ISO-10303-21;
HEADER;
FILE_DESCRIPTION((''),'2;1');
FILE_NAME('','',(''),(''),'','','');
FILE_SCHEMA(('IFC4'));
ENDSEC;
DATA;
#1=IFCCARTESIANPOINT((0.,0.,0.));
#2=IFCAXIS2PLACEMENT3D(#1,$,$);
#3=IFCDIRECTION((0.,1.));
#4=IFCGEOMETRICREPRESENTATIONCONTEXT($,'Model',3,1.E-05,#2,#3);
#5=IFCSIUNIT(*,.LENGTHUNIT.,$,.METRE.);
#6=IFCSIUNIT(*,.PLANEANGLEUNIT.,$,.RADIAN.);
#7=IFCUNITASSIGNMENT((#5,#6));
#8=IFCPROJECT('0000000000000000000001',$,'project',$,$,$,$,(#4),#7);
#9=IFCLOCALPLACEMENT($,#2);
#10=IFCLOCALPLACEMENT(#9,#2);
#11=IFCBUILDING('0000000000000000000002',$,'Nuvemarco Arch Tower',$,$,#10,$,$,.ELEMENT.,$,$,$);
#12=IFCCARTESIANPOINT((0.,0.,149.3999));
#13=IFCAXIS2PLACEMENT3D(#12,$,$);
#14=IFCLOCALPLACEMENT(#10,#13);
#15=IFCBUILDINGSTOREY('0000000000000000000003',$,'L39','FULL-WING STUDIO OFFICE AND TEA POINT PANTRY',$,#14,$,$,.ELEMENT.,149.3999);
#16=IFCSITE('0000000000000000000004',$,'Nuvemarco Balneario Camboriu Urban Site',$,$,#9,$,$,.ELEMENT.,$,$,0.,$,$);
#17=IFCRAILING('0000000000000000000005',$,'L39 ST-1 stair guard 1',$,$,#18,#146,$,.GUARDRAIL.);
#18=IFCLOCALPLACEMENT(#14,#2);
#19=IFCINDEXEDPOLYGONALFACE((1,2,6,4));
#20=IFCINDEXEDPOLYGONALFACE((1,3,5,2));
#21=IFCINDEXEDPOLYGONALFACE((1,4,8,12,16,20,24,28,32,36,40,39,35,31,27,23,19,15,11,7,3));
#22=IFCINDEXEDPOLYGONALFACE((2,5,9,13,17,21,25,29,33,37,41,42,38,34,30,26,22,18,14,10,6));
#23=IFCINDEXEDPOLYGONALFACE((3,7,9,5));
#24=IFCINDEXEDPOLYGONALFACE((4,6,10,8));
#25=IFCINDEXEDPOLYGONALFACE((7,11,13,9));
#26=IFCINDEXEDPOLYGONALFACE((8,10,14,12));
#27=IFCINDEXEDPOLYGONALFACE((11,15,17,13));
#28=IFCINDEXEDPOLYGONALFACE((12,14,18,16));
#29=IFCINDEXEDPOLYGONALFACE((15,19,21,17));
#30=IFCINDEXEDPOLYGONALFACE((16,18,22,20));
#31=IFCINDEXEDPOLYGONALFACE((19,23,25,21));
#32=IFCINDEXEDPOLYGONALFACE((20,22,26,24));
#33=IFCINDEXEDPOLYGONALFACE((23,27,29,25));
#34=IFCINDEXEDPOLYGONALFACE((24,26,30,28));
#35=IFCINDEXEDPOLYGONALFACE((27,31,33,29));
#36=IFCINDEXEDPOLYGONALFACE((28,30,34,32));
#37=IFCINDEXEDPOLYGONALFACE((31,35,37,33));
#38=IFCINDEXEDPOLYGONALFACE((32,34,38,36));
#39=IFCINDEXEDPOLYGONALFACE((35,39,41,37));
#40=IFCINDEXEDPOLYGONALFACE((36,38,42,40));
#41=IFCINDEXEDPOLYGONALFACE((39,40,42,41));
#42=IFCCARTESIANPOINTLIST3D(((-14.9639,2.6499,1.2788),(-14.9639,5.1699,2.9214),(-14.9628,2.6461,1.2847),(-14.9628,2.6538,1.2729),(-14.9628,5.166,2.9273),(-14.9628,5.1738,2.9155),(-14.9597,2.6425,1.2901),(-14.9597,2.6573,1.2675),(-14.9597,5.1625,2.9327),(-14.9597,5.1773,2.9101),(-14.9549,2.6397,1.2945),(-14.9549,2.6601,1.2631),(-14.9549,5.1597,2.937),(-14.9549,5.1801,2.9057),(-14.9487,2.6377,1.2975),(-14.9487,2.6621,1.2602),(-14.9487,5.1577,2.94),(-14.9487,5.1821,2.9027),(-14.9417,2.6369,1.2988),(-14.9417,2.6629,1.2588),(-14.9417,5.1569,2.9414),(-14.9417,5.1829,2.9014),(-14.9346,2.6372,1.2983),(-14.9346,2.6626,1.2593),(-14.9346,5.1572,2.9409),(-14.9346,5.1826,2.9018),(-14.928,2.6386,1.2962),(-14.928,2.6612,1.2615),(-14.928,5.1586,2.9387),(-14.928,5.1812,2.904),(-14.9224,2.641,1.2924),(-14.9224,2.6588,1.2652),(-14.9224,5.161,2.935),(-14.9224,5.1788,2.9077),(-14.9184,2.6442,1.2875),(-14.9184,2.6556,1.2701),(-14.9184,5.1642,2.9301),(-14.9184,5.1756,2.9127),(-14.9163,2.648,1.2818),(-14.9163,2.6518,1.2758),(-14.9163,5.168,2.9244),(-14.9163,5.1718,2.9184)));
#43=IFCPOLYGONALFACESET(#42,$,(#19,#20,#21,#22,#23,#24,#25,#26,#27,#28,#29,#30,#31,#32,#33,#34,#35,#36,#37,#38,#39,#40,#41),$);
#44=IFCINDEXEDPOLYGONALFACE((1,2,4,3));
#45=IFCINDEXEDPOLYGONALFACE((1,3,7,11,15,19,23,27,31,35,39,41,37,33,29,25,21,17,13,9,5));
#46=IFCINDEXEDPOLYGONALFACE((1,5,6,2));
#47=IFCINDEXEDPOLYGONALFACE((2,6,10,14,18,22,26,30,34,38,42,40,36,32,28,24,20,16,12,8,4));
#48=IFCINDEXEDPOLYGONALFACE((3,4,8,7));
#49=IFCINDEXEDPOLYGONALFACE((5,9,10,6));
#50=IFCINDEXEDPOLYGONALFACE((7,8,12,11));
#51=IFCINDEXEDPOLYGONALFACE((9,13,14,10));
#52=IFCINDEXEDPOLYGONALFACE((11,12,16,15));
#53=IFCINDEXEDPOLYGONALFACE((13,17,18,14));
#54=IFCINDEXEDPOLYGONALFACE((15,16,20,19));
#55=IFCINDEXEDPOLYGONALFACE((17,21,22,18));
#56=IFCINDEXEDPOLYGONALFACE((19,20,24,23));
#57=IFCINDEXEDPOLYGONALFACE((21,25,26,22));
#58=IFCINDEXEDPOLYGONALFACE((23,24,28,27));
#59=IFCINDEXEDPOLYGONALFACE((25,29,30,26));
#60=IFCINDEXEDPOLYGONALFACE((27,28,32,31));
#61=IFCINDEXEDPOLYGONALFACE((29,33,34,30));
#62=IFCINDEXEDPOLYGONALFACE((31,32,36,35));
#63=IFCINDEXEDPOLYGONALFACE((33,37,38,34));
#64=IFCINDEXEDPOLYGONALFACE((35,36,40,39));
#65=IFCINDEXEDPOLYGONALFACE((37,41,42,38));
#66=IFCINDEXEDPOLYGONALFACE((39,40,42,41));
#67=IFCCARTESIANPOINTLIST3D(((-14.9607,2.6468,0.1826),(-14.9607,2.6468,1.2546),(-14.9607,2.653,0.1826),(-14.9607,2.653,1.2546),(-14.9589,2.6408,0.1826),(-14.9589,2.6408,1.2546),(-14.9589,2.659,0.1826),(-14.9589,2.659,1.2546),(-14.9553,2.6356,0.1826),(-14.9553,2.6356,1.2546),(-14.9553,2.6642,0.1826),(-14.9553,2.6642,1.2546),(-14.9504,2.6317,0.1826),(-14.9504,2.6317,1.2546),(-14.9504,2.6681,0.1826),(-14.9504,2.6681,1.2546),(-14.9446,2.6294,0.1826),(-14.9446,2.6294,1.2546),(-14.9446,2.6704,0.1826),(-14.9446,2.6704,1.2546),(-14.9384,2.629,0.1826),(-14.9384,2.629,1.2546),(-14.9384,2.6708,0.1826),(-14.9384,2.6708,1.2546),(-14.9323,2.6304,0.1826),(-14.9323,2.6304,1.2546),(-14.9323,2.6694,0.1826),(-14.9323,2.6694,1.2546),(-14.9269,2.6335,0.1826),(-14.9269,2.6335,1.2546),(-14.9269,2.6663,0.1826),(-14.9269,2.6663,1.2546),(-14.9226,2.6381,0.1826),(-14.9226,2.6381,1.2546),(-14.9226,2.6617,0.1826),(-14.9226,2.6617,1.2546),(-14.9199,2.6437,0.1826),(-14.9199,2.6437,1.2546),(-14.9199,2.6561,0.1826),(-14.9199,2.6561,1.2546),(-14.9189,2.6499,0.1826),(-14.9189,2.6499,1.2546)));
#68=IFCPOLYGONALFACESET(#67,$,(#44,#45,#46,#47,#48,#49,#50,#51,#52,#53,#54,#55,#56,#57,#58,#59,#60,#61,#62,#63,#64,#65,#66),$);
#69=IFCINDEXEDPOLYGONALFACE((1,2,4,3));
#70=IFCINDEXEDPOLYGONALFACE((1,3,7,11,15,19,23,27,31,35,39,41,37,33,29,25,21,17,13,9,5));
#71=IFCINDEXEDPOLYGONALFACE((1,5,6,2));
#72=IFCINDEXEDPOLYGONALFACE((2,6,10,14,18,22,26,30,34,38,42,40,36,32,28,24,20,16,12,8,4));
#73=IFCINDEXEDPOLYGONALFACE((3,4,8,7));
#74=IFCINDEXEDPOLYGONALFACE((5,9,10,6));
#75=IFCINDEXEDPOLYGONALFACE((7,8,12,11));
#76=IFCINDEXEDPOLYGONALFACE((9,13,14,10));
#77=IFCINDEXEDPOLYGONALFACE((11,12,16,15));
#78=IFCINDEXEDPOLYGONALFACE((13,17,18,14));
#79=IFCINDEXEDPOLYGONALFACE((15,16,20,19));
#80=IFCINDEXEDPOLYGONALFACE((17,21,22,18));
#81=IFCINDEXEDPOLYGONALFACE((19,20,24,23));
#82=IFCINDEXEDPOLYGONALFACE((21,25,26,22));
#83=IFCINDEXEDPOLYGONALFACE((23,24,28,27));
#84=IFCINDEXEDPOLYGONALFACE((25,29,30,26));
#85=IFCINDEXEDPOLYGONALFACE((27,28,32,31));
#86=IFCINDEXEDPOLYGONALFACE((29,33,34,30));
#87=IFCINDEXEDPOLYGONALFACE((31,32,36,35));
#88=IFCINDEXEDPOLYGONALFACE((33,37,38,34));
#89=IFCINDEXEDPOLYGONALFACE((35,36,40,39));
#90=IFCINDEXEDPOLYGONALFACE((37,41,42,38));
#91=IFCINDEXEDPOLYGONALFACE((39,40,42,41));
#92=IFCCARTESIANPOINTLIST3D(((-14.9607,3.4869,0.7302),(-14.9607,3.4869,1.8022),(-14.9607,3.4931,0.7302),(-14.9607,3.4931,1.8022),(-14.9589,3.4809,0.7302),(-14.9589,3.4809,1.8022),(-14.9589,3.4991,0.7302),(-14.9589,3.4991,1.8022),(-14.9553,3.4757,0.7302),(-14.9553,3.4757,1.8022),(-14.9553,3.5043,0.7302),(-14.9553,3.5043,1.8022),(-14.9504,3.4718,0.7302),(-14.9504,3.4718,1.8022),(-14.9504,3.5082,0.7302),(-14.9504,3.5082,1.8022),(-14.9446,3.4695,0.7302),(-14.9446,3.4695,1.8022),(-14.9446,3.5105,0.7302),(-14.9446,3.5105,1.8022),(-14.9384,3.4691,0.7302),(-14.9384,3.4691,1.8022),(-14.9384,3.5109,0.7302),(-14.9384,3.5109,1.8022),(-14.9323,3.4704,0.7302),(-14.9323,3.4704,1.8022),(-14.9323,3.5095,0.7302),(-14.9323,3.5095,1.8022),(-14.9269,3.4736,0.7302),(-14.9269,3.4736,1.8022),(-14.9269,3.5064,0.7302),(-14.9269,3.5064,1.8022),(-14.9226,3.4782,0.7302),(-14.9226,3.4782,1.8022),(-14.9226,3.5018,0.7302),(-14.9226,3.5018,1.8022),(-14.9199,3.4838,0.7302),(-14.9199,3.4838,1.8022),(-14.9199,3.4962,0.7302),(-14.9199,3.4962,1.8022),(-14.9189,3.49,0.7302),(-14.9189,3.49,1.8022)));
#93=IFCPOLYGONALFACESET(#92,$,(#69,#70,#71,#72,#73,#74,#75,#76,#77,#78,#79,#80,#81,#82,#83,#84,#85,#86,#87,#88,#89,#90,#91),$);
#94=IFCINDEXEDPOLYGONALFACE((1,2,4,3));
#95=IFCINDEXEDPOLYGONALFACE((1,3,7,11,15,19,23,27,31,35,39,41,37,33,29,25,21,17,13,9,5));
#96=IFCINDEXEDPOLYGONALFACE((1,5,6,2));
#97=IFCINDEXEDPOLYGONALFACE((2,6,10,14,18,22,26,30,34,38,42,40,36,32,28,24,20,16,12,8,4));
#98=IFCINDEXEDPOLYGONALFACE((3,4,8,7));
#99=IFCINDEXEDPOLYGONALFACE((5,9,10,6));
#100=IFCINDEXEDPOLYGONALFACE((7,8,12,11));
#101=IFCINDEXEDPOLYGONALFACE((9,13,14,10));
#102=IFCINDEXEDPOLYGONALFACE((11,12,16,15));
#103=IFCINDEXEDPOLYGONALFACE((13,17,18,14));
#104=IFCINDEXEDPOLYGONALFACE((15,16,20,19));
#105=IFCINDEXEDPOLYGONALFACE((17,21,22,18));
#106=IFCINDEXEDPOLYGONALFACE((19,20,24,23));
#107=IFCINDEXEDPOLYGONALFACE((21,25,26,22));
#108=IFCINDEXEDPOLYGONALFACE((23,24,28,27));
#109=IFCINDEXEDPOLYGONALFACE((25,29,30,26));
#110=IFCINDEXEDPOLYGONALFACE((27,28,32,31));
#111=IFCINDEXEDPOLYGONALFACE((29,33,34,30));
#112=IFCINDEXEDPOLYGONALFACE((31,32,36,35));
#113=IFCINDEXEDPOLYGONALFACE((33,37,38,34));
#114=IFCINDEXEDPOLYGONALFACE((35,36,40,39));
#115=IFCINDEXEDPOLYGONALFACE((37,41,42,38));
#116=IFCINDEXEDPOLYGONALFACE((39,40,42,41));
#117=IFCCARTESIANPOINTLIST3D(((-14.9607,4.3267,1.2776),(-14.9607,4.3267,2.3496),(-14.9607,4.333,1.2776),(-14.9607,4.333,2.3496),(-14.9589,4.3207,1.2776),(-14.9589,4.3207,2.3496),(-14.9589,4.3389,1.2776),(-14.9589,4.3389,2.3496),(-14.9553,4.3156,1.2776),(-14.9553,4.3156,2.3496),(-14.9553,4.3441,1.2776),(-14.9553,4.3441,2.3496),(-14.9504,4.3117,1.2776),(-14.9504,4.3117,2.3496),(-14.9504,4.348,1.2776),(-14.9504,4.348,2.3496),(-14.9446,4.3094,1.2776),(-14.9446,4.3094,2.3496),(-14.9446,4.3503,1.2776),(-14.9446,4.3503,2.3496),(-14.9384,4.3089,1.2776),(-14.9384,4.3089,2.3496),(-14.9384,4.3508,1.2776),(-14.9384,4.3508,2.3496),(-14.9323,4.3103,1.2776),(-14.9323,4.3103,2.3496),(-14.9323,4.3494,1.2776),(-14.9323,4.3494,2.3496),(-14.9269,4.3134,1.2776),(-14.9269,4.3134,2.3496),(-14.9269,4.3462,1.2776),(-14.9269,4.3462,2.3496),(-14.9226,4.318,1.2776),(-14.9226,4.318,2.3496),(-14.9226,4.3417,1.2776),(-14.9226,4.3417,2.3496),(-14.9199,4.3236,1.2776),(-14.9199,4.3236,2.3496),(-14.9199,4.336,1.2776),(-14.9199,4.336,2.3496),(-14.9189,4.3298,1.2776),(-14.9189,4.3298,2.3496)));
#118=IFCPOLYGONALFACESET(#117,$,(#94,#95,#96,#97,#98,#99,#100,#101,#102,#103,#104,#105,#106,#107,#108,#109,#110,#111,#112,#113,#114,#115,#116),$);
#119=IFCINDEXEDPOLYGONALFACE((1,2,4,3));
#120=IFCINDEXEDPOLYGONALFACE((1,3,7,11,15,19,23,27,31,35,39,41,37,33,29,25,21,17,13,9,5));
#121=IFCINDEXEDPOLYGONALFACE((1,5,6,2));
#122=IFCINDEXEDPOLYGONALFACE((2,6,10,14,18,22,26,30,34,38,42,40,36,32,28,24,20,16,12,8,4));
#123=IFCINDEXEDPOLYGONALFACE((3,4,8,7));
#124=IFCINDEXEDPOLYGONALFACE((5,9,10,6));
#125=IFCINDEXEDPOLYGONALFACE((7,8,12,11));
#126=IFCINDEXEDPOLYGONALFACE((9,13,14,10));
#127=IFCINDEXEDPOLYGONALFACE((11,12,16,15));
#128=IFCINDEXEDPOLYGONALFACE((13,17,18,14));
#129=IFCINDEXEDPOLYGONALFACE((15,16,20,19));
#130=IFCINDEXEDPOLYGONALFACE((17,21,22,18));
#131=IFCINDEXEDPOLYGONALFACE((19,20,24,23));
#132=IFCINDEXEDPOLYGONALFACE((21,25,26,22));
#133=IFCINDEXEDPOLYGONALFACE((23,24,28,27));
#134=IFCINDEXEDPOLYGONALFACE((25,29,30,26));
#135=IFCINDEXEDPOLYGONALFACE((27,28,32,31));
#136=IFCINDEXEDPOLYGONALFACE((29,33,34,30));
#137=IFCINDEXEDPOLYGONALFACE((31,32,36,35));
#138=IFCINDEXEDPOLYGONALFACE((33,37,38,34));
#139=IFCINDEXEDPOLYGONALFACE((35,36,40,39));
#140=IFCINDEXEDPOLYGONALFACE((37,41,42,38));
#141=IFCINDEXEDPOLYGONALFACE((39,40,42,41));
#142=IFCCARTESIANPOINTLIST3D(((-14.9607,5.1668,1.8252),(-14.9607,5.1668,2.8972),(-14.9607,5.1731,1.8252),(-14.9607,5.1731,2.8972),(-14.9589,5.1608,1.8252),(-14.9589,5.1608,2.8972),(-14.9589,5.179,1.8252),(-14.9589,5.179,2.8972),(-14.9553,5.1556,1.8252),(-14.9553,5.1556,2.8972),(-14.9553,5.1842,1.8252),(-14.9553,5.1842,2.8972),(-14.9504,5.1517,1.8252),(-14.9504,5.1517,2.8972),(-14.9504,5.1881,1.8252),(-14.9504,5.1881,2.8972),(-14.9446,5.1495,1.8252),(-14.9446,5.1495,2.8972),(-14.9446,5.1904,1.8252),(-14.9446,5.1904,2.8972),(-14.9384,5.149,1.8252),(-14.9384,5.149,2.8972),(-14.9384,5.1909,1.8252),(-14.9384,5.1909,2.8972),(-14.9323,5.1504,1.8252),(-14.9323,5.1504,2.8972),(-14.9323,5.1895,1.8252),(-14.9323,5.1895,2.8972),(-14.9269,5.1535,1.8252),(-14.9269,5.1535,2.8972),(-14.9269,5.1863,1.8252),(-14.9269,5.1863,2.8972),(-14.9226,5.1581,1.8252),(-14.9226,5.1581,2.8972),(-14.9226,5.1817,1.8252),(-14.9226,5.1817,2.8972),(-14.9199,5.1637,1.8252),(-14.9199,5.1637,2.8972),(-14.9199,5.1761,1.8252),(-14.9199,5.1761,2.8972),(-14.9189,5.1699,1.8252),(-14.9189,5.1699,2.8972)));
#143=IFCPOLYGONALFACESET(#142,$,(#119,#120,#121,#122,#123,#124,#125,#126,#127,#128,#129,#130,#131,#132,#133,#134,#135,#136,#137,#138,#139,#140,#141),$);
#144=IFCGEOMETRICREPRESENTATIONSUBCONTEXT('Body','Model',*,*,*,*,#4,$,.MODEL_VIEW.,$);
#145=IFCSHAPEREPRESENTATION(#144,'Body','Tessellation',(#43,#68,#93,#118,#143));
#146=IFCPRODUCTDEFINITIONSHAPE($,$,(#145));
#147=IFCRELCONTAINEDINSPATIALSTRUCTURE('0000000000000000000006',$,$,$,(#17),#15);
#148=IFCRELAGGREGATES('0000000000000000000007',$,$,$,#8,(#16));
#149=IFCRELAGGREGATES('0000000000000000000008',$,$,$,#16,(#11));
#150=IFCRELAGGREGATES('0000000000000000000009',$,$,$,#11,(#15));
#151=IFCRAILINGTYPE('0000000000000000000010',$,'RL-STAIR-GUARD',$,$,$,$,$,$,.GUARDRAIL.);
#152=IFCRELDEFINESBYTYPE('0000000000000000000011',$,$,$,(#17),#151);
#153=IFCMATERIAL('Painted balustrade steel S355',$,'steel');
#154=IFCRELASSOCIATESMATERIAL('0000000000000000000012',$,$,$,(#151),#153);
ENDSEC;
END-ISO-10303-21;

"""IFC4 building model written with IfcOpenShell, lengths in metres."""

from ifc_helpers import new_model, si_unit, direction, frame, origin, origin_2d, place, context, subcontext, project, spatial, circle, extrude, material, type_object, element, save


model = new_model("IFC4")

# Units and contexts
model_context = context("Model", 3, precision=1e-05, world=origin(), true_north=direction((0.0, 1.0)))
body_context = subcontext(model_context, "Body", "Model", "MODEL_VIEW")
ifc_project = project(units=[si_unit("LENGTHUNIT", "METRE"), si_unit("PLANEANGLEUNIT", "RADIAN")], contexts=[model_context])

# Site, building, storey
site_placement = place(None, origin())
site = spatial("IfcSite", under=ifc_project, at=site_placement, Name="Nuvemarco Balneario Camboriu Urban Site", CompositionType="ELEMENT", RefElevation=0.0)
building_placement = place(site_placement, origin())
building = spatial("IfcBuilding", under=site, at=building_placement, Name="Nuvemarco Arch Tower", CompositionType="ELEMENT")
storey_placement = place(building_placement, frame((0.0, 0.0, 149.3999)))
storey = spatial("IfcBuildingStorey", under=building, at=storey_placement, Name="L39", Description="FULL-WING STUDIO OFFICE AND TEA POINT PANTRY", CompositionType="ELEMENT", Elevation=149.3999)

# Railing
ifc_material_1 = material(Name="Painted balustrade steel S355", Category="steel")
railing_type_1 = type_object("IfcRailingType", Name="RL-STAIR-GUARD", PredefinedType="GUARDRAIL", material=ifc_material_1)
railing_1_placement = place(storey_placement, frame((-14.9399, 2.6499, 0.1826)))
element("IfcRailing", 1, at=railing_1_placement, inside=storey, type_object=railing_type_1, Name="L39 ST-1 stair guard 1", PredefinedType="GUARDRAIL", context=body_context, shape_type="SweptSolid", body=[
    extrude(circle(Radius=0.0239, at=origin_2d()), frame((0.0, 0.0, 1.0962), z_axis=(0.0, 0.837749, 0.546055), x_axis=(-1.0, 0.0, 0.0)), (0.0, 0.0, 1.0), 3.0081),
    extrude(circle(Radius=0.021, at=origin_2d()), origin(), (0.0, 0.0, 1.0), 1.072),
    extrude(circle(Radius=0.021, at=origin_2d()), frame((0.0, 0.8401, 0.5476)), (0.0, 0.0, 1.0), 1.072),
    extrude(circle(Radius=0.021, at=origin_2d()), frame((0.0, 1.6799, 1.095)), (0.0, 0.0, 1.0), 1.072),
    extrude(circle(Radius=0.021, at=origin_2d()), frame((0.0, 2.52, 1.6426)), (0.0, 0.0, 1.0), 1.072),
])

save(model, "model.ifc")
